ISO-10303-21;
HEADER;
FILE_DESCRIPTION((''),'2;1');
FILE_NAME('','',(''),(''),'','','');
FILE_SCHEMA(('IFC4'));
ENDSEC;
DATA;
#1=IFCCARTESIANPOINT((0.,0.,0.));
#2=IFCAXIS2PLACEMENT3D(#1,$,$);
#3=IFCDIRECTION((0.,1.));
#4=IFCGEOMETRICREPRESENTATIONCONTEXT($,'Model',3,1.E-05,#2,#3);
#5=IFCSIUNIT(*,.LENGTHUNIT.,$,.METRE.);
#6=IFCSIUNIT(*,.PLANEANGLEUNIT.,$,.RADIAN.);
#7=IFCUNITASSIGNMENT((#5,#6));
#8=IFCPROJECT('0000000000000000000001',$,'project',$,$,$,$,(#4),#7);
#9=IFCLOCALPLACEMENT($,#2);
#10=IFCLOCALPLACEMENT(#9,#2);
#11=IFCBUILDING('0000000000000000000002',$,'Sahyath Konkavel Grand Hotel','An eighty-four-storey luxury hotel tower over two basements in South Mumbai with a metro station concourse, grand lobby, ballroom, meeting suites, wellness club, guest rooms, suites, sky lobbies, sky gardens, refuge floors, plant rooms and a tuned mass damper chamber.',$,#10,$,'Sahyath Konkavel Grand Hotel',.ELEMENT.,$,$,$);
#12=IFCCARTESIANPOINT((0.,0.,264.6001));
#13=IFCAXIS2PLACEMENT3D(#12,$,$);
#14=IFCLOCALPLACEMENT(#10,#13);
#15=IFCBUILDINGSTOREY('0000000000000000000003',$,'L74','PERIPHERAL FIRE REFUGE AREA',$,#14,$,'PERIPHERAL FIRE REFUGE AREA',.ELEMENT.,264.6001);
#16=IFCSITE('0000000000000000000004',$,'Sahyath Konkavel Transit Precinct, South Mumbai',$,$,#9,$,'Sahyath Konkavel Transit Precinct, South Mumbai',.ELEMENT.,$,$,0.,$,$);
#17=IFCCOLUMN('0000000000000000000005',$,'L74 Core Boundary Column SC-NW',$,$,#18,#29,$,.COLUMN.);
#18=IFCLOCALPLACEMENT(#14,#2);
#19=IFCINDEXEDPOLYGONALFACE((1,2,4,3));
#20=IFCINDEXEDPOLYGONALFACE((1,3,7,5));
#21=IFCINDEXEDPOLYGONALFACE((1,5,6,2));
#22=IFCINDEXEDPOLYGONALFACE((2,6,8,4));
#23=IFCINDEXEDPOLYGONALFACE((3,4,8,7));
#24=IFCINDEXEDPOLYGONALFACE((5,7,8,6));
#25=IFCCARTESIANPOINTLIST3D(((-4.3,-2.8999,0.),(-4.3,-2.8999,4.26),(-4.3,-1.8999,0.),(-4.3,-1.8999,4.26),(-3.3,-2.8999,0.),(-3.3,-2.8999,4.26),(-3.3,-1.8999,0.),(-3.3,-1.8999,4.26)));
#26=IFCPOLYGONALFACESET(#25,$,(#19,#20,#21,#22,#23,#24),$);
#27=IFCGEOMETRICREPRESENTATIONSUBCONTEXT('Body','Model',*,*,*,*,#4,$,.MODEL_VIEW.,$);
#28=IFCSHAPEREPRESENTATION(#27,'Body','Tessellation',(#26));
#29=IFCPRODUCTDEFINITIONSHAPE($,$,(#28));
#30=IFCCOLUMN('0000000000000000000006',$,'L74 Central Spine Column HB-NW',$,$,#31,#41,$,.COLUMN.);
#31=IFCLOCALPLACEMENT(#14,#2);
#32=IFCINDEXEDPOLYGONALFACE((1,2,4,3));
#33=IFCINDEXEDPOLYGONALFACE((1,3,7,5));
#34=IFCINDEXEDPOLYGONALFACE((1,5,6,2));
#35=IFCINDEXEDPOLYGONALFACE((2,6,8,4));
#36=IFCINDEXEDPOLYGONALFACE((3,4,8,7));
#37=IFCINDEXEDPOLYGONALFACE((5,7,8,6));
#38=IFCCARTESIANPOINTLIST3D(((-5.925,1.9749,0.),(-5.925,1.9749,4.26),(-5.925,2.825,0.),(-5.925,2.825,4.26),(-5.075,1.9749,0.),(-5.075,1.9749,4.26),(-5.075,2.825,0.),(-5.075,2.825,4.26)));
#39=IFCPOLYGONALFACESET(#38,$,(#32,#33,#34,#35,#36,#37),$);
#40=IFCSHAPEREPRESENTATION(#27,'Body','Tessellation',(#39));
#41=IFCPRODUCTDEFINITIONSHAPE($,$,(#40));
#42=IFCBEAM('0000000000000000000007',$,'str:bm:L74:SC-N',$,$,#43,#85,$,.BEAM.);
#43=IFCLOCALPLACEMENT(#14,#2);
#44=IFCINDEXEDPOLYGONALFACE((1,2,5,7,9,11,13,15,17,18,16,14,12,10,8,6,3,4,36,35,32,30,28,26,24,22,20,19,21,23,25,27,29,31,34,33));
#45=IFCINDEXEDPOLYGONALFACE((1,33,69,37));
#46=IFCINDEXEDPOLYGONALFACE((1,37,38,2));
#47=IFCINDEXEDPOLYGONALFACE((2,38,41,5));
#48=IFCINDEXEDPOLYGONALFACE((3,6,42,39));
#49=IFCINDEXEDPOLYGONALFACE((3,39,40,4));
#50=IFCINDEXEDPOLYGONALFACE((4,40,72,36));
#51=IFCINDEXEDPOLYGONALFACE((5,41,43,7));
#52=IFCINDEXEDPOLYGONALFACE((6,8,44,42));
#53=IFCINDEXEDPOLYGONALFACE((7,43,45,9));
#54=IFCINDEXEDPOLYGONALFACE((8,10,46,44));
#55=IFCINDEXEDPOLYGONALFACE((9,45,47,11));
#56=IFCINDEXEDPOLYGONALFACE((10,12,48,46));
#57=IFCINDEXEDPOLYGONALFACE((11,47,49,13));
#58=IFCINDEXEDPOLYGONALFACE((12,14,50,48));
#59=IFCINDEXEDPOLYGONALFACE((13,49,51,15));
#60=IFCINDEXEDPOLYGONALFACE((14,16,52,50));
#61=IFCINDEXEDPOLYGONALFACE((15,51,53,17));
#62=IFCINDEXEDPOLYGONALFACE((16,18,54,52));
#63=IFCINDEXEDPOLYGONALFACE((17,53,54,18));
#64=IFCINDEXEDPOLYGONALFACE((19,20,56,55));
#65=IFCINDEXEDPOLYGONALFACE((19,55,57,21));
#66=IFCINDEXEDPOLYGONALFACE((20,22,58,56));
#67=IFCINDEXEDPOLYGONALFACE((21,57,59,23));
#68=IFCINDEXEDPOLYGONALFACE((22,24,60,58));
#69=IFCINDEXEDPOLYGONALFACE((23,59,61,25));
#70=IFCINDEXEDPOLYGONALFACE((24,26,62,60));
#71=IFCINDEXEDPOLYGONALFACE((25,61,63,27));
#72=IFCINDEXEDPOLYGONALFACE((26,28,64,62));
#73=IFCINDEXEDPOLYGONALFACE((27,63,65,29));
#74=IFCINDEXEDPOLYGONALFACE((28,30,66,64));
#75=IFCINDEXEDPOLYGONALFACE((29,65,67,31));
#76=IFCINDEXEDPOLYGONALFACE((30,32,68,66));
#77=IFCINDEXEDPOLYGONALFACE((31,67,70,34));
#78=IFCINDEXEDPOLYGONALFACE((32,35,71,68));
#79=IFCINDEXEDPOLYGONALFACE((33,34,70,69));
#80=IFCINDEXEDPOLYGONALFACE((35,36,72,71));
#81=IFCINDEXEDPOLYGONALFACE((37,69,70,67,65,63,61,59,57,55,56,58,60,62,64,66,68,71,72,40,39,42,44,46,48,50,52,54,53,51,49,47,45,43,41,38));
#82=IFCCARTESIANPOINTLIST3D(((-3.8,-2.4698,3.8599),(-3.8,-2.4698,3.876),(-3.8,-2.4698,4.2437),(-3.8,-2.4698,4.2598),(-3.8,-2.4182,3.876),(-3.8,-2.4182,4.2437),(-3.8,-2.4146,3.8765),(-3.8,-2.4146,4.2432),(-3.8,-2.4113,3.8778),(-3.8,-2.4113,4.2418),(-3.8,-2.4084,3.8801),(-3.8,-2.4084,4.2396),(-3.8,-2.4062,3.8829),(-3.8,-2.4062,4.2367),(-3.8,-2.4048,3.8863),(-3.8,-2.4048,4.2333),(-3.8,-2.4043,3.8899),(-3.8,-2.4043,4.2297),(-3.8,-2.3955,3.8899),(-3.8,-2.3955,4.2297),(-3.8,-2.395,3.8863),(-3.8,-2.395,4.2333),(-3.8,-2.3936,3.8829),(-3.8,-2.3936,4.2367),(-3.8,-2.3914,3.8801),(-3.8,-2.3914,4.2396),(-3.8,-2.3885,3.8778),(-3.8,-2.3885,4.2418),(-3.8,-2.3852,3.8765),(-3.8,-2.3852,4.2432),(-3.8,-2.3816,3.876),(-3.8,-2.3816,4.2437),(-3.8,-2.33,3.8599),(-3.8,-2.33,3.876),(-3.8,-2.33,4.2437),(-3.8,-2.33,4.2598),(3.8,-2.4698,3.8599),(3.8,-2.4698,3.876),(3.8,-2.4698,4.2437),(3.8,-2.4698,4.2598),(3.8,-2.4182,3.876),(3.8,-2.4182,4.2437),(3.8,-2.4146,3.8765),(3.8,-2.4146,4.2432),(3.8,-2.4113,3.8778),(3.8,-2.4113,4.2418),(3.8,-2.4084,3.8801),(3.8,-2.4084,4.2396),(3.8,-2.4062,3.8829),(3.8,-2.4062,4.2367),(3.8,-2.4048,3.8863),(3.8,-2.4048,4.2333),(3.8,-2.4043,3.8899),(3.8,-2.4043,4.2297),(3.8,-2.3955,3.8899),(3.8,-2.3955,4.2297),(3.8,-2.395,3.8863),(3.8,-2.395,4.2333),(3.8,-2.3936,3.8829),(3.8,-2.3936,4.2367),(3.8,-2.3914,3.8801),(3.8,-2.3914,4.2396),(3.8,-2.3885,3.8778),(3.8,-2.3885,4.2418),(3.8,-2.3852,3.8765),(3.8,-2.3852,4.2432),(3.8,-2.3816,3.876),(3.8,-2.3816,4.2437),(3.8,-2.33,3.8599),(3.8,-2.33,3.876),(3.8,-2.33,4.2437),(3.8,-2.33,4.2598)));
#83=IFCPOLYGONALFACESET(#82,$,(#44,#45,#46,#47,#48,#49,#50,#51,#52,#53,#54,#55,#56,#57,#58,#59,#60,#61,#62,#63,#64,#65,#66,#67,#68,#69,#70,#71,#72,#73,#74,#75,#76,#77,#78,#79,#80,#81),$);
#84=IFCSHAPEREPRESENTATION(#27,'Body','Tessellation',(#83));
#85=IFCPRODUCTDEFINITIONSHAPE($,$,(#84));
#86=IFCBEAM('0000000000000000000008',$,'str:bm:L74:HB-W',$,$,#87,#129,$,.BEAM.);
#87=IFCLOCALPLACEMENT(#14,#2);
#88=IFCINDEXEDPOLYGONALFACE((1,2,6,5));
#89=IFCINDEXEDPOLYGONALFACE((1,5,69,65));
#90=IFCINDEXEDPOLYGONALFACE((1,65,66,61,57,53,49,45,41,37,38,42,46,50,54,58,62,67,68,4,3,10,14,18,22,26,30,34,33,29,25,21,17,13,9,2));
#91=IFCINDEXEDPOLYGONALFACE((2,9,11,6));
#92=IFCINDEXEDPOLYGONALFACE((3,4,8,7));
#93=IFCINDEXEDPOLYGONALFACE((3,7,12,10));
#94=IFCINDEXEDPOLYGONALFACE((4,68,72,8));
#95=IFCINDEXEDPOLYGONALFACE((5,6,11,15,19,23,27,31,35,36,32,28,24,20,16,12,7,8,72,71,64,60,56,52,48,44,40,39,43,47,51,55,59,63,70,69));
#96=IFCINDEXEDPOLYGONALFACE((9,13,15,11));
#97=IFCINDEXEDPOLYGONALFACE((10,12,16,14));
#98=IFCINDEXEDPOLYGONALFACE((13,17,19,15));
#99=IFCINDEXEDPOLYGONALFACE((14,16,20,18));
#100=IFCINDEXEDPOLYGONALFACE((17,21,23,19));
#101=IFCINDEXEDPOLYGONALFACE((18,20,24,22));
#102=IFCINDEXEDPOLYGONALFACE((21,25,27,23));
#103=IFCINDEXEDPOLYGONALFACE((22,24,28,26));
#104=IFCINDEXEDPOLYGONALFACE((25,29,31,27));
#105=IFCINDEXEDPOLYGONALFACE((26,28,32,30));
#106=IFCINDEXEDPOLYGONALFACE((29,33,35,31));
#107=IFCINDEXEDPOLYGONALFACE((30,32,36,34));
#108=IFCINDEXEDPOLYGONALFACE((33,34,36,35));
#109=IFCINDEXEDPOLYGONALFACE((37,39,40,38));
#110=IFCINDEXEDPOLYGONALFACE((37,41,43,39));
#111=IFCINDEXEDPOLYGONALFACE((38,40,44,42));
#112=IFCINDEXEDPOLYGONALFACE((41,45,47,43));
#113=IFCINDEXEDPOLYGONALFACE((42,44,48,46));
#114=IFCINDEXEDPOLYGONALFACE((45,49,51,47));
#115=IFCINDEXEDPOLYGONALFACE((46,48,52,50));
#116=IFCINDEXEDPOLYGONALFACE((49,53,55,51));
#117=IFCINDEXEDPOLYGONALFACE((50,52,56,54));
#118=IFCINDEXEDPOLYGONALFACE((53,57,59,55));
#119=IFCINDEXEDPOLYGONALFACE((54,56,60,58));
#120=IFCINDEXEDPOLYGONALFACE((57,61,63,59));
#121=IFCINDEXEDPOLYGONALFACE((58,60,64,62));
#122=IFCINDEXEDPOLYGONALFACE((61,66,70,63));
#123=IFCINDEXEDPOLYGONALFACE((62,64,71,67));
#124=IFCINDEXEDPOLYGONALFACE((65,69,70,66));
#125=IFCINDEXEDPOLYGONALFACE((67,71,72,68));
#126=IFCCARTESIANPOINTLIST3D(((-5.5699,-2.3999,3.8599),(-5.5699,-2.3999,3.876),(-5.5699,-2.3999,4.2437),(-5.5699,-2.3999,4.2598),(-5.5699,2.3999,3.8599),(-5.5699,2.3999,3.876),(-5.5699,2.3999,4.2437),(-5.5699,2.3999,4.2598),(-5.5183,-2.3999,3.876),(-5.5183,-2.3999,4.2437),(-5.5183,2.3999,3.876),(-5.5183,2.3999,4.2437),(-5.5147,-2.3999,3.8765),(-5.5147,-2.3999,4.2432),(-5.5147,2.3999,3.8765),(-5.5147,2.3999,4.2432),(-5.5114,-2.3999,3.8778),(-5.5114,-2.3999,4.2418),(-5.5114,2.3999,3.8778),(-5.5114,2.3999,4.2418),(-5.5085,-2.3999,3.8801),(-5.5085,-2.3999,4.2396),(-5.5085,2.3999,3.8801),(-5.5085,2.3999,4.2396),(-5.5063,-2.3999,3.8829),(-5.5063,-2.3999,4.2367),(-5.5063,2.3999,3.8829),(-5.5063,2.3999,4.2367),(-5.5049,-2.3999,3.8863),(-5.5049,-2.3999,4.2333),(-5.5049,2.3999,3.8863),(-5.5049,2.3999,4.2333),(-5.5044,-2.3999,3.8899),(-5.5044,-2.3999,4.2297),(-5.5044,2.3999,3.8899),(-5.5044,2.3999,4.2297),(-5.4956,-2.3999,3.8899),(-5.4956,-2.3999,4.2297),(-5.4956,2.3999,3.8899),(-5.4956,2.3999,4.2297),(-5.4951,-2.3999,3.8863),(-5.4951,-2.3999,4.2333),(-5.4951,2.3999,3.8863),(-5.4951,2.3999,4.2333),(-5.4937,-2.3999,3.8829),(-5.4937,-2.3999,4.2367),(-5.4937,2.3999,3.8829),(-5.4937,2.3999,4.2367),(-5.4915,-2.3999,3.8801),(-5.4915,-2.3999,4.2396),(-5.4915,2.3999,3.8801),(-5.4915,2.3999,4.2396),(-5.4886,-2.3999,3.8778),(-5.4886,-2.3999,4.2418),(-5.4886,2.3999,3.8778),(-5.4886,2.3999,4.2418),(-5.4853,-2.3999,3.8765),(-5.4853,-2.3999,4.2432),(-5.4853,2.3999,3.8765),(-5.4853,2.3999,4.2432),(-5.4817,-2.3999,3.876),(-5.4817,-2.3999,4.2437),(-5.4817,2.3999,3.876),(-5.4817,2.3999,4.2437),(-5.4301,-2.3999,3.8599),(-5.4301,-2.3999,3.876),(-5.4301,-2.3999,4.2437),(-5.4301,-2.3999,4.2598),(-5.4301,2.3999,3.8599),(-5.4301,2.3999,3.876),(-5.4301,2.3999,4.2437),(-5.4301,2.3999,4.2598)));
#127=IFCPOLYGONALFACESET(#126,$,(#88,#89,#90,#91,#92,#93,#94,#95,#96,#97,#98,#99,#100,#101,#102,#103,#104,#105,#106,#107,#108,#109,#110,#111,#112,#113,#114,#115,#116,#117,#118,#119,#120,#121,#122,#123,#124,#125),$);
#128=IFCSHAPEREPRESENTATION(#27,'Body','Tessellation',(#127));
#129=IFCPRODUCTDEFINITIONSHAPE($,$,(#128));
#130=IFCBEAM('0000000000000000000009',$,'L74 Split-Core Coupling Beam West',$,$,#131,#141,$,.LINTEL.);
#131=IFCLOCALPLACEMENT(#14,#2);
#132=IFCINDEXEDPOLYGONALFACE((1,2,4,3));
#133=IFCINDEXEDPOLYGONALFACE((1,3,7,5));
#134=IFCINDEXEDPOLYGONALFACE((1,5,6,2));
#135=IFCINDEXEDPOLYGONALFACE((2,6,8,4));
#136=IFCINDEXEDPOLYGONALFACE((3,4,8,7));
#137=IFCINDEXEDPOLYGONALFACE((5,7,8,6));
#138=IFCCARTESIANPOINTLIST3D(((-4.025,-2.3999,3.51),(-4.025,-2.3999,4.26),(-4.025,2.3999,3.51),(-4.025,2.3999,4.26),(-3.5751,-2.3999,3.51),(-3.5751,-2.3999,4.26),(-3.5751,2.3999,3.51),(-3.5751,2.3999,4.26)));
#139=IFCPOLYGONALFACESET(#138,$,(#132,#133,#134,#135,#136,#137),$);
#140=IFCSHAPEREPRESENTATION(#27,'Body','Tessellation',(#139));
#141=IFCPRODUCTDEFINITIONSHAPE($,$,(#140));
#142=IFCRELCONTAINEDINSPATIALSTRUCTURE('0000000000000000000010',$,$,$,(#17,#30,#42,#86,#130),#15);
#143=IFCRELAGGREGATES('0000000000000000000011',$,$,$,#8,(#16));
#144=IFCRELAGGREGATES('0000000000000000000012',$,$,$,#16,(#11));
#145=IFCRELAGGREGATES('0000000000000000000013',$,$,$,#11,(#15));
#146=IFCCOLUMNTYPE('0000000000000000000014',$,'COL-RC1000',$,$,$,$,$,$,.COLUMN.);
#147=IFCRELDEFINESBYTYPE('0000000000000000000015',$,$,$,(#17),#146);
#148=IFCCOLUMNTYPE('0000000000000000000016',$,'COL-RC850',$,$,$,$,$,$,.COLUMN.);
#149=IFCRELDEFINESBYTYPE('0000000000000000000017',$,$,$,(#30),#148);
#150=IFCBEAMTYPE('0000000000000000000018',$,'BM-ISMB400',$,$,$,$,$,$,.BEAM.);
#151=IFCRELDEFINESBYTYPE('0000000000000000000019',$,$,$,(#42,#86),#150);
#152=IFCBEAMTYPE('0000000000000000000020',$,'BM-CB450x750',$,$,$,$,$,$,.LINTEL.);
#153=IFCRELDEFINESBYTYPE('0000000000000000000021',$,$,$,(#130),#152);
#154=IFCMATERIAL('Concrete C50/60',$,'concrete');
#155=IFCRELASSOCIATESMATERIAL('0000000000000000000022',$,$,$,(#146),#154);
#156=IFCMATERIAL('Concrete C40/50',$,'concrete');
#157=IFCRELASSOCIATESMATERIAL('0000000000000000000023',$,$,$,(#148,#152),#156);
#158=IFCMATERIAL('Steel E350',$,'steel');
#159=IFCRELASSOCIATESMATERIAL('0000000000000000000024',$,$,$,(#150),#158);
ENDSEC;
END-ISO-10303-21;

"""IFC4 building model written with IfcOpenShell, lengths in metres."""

from ifc_helpers import new_model, si_unit, direction, frame, origin, origin_2d, place, context, subcontext, project, spatial, rectangle, i_section, extrude, source, transform, mapped, material, material_profile, profile_set, type_object, element, save


model = new_model("IFC4")

# Units and contexts
model_context = context("Model", 3, precision=1e-05, world=origin(), true_north=direction((0.0, 1.0)))
body_context = subcontext(model_context, "Body", "Model", "MODEL_VIEW")
ifc_project = project(units=[si_unit("LENGTHUNIT", "METRE"), si_unit("PLANEANGLEUNIT", "RADIAN")], contexts=[model_context])

# Site, building, storey
site_placement = place(None, origin())
site = spatial("IfcSite", under=ifc_project, at=site_placement, Name="Sahyath Konkavel Transit Precinct, South Mumbai", LongName="Sahyath Konkavel Transit Precinct, South Mumbai", CompositionType="ELEMENT", RefElevation=0.0)
building_placement = place(site_placement, origin())
building = spatial("IfcBuilding", under=site, at=building_placement, Name="Sahyath Konkavel Grand Hotel", Description="An eighty-four-storey luxury hotel tower over two basements in South Mumbai with a metro station concourse, grand lobby, ballroom, meeting suites, wellness club, guest rooms, suites, sky lobbies, sky gardens, refuge floors, plant rooms and a tuned mass damper chamber.", LongName="Sahyath Konkavel Grand Hotel", CompositionType="ELEMENT")
storey_placement = place(building_placement, frame((0.0, 0.0, 264.6001)))
storey = spatial("IfcBuildingStorey", under=building, at=storey_placement, Name="L74", Description="PERIPHERAL FIRE REFUGE AREA", LongName="PERIPHERAL FIRE REFUGE AREA", CompositionType="ELEMENT", Elevation=264.6001)

# Columns
ifc_material_1 = material(Name="Concrete C50/60", Category="concrete")
ifc_material_profile_1 = material_profile(ifc_material_1, rectangle(XDim=1.0, YDim=1.0, at=origin_2d()), Name="RC 1000x1000")
ifc_profile_set_1 = profile_set([ifc_material_profile_1], Name="Concrete C50/60")
column_type_1 = type_object("IfcColumnType", Name="COL-RC1000", PredefinedType="COLUMN", material=ifc_profile_set_1)
shared_shape_1 = source(origin(), body_context, "Body", "SweptSolid", [
    extrude(rectangle(XDim=1.0, YDim=1.0, at=origin_2d()), origin(), (0.0, 0.0, 1.0), 4.26),
])
column_1_placement = place(storey_placement, frame((-3.8, -2.3999, 0.0), z_axis=(0.0, 0.0, 1.0), x_axis=(1.0, 0.0, 0.0)))
element("IfcColumn", 1, at=column_1_placement, inside=storey, type_object=column_type_1, Name="L74 Core Boundary Column SC-NW", PredefinedType="COLUMN", context=body_context, shape_type="MappedRepresentation", body=[
    mapped(shared_shape_1, transform((0.0, 0.0, 0.0), scale=1.0)),
])
ifc_material_2 = material(Name="Concrete C40/50", Category="concrete")
ifc_material_profile_2 = material_profile(ifc_material_2, rectangle(XDim=0.8501, YDim=0.8501, at=origin_2d()), Name="RC 850x850")
ifc_profile_set_2 = profile_set([ifc_material_profile_2], Name="Concrete C40/50")
column_type_2 = type_object("IfcColumnType", Name="COL-RC850", PredefinedType="COLUMN", material=ifc_profile_set_2)
shared_shape_2 = source(origin(), body_context, "Body", "SweptSolid", [
    extrude(rectangle(XDim=0.8501, YDim=0.8501, at=origin_2d()), origin(), (0.0, 0.0, 1.0), 4.26),
])
column_2_placement = place(storey_placement, frame((-5.5, 2.3999, 0.0), z_axis=(0.0, 0.0, 1.0), x_axis=(1.0, 0.0, 0.0)))
element("IfcColumn", 2, at=column_2_placement, inside=storey, type_object=column_type_2, Name="L74 Central Spine Column HB-NW", PredefinedType="COLUMN", context=body_context, shape_type="MappedRepresentation", body=[
    mapped(shared_shape_2, transform((0.0, 0.0, 0.0), scale=1.0)),
])

# Beams
ifc_material_3 = material(Name="Steel E350", Category="steel")
ifc_material_profile_3 = material_profile(ifc_material_3, i_section(OverallWidth=0.1399, OverallDepth=0.3999, WebThickness=0.0088, FlangeThickness=0.0161, FilletRadius=0.0139, at=origin_2d()), Name="ISMB 400")
ifc_profile_set_3 = profile_set([ifc_material_profile_3], Name="Steel E350")
beam_type_1 = type_object("IfcBeamType", Name="BM-ISMB400", PredefinedType="BEAM", material=ifc_profile_set_3)
shared_shape_3 = source(origin(), body_context, "Body", "SweptSolid", [
    extrude(i_section(OverallWidth=0.1399, OverallDepth=0.3999, WebThickness=0.0088, FlangeThickness=0.0161, FilletRadius=0.0139, at=origin_2d()), origin(), (0.0, 0.0, 1.0), 7.6001),
])
beam_1_placement = place(storey_placement, frame((-3.8, -2.3999, 4.0598), z_axis=(1.0, 0.0, 0.0), x_axis=(0.0, 1.0, 0.0)))
element("IfcBeam", 3, at=beam_1_placement, inside=storey, type_object=beam_type_1, Name="str:bm:L74:SC-N", PredefinedType="BEAM", context=body_context, shape_type="MappedRepresentation", body=[
    mapped(shared_shape_3, transform((0.0, 0.0, 0.0), scale=1.0)),
])
shared_shape_4 = source(origin(), body_context, "Body", "SweptSolid", [
    extrude(i_section(OverallWidth=0.1399, OverallDepth=0.3999, WebThickness=0.0088, FlangeThickness=0.0161, FilletRadius=0.0139, at=origin_2d()), origin(), (0.0, 0.0, 1.0), 4.7998),
])
beam_2_placement = place(storey_placement, frame((-5.5, -2.3999, 4.0598), z_axis=(0.0, 1.0, 0.0), x_axis=(-1.0, 0.0, 0.0)))
element("IfcBeam", 4, at=beam_2_placement, inside=storey, type_object=beam_type_1, Name="str:bm:L74:HB-W", PredefinedType="BEAM", context=body_context, shape_type="MappedRepresentation", body=[
    mapped(shared_shape_4, transform((0.0, 0.0, 0.0), scale=1.0)),
])
ifc_material_profile_4 = material_profile(ifc_material_2, rectangle(XDim=0.45, YDim=0.75, at=origin_2d()), Name="RC 450x750")
ifc_profile_set_4 = profile_set([ifc_material_profile_4], Name="Concrete C40/50")
beam_type_2 = type_object("IfcBeamType", Name="BM-CB450x750", PredefinedType="LINTEL", material=ifc_profile_set_4)
shared_shape_5 = source(origin(), body_context, "Body", "SweptSolid", [
    extrude(rectangle(XDim=0.45, YDim=0.75, at=origin_2d()), origin(), (0.0, 0.0, 1.0), 4.7998),
])
beam_3_placement = place(storey_placement, frame((-3.8, -2.3999, 3.885), z_axis=(0.0, 1.0, 0.0), x_axis=(-1.0, 0.0, 0.0)))
element("IfcBeam", 5, at=beam_3_placement, inside=storey, type_object=beam_type_2, Name="L74 Split-Core Coupling Beam West", PredefinedType="LINTEL", context=body_context, shape_type="MappedRepresentation", body=[
    mapped(shared_shape_5, transform((0.0, 0.0, 0.0), scale=1.0)),
])

save(model, "model.ifc")
